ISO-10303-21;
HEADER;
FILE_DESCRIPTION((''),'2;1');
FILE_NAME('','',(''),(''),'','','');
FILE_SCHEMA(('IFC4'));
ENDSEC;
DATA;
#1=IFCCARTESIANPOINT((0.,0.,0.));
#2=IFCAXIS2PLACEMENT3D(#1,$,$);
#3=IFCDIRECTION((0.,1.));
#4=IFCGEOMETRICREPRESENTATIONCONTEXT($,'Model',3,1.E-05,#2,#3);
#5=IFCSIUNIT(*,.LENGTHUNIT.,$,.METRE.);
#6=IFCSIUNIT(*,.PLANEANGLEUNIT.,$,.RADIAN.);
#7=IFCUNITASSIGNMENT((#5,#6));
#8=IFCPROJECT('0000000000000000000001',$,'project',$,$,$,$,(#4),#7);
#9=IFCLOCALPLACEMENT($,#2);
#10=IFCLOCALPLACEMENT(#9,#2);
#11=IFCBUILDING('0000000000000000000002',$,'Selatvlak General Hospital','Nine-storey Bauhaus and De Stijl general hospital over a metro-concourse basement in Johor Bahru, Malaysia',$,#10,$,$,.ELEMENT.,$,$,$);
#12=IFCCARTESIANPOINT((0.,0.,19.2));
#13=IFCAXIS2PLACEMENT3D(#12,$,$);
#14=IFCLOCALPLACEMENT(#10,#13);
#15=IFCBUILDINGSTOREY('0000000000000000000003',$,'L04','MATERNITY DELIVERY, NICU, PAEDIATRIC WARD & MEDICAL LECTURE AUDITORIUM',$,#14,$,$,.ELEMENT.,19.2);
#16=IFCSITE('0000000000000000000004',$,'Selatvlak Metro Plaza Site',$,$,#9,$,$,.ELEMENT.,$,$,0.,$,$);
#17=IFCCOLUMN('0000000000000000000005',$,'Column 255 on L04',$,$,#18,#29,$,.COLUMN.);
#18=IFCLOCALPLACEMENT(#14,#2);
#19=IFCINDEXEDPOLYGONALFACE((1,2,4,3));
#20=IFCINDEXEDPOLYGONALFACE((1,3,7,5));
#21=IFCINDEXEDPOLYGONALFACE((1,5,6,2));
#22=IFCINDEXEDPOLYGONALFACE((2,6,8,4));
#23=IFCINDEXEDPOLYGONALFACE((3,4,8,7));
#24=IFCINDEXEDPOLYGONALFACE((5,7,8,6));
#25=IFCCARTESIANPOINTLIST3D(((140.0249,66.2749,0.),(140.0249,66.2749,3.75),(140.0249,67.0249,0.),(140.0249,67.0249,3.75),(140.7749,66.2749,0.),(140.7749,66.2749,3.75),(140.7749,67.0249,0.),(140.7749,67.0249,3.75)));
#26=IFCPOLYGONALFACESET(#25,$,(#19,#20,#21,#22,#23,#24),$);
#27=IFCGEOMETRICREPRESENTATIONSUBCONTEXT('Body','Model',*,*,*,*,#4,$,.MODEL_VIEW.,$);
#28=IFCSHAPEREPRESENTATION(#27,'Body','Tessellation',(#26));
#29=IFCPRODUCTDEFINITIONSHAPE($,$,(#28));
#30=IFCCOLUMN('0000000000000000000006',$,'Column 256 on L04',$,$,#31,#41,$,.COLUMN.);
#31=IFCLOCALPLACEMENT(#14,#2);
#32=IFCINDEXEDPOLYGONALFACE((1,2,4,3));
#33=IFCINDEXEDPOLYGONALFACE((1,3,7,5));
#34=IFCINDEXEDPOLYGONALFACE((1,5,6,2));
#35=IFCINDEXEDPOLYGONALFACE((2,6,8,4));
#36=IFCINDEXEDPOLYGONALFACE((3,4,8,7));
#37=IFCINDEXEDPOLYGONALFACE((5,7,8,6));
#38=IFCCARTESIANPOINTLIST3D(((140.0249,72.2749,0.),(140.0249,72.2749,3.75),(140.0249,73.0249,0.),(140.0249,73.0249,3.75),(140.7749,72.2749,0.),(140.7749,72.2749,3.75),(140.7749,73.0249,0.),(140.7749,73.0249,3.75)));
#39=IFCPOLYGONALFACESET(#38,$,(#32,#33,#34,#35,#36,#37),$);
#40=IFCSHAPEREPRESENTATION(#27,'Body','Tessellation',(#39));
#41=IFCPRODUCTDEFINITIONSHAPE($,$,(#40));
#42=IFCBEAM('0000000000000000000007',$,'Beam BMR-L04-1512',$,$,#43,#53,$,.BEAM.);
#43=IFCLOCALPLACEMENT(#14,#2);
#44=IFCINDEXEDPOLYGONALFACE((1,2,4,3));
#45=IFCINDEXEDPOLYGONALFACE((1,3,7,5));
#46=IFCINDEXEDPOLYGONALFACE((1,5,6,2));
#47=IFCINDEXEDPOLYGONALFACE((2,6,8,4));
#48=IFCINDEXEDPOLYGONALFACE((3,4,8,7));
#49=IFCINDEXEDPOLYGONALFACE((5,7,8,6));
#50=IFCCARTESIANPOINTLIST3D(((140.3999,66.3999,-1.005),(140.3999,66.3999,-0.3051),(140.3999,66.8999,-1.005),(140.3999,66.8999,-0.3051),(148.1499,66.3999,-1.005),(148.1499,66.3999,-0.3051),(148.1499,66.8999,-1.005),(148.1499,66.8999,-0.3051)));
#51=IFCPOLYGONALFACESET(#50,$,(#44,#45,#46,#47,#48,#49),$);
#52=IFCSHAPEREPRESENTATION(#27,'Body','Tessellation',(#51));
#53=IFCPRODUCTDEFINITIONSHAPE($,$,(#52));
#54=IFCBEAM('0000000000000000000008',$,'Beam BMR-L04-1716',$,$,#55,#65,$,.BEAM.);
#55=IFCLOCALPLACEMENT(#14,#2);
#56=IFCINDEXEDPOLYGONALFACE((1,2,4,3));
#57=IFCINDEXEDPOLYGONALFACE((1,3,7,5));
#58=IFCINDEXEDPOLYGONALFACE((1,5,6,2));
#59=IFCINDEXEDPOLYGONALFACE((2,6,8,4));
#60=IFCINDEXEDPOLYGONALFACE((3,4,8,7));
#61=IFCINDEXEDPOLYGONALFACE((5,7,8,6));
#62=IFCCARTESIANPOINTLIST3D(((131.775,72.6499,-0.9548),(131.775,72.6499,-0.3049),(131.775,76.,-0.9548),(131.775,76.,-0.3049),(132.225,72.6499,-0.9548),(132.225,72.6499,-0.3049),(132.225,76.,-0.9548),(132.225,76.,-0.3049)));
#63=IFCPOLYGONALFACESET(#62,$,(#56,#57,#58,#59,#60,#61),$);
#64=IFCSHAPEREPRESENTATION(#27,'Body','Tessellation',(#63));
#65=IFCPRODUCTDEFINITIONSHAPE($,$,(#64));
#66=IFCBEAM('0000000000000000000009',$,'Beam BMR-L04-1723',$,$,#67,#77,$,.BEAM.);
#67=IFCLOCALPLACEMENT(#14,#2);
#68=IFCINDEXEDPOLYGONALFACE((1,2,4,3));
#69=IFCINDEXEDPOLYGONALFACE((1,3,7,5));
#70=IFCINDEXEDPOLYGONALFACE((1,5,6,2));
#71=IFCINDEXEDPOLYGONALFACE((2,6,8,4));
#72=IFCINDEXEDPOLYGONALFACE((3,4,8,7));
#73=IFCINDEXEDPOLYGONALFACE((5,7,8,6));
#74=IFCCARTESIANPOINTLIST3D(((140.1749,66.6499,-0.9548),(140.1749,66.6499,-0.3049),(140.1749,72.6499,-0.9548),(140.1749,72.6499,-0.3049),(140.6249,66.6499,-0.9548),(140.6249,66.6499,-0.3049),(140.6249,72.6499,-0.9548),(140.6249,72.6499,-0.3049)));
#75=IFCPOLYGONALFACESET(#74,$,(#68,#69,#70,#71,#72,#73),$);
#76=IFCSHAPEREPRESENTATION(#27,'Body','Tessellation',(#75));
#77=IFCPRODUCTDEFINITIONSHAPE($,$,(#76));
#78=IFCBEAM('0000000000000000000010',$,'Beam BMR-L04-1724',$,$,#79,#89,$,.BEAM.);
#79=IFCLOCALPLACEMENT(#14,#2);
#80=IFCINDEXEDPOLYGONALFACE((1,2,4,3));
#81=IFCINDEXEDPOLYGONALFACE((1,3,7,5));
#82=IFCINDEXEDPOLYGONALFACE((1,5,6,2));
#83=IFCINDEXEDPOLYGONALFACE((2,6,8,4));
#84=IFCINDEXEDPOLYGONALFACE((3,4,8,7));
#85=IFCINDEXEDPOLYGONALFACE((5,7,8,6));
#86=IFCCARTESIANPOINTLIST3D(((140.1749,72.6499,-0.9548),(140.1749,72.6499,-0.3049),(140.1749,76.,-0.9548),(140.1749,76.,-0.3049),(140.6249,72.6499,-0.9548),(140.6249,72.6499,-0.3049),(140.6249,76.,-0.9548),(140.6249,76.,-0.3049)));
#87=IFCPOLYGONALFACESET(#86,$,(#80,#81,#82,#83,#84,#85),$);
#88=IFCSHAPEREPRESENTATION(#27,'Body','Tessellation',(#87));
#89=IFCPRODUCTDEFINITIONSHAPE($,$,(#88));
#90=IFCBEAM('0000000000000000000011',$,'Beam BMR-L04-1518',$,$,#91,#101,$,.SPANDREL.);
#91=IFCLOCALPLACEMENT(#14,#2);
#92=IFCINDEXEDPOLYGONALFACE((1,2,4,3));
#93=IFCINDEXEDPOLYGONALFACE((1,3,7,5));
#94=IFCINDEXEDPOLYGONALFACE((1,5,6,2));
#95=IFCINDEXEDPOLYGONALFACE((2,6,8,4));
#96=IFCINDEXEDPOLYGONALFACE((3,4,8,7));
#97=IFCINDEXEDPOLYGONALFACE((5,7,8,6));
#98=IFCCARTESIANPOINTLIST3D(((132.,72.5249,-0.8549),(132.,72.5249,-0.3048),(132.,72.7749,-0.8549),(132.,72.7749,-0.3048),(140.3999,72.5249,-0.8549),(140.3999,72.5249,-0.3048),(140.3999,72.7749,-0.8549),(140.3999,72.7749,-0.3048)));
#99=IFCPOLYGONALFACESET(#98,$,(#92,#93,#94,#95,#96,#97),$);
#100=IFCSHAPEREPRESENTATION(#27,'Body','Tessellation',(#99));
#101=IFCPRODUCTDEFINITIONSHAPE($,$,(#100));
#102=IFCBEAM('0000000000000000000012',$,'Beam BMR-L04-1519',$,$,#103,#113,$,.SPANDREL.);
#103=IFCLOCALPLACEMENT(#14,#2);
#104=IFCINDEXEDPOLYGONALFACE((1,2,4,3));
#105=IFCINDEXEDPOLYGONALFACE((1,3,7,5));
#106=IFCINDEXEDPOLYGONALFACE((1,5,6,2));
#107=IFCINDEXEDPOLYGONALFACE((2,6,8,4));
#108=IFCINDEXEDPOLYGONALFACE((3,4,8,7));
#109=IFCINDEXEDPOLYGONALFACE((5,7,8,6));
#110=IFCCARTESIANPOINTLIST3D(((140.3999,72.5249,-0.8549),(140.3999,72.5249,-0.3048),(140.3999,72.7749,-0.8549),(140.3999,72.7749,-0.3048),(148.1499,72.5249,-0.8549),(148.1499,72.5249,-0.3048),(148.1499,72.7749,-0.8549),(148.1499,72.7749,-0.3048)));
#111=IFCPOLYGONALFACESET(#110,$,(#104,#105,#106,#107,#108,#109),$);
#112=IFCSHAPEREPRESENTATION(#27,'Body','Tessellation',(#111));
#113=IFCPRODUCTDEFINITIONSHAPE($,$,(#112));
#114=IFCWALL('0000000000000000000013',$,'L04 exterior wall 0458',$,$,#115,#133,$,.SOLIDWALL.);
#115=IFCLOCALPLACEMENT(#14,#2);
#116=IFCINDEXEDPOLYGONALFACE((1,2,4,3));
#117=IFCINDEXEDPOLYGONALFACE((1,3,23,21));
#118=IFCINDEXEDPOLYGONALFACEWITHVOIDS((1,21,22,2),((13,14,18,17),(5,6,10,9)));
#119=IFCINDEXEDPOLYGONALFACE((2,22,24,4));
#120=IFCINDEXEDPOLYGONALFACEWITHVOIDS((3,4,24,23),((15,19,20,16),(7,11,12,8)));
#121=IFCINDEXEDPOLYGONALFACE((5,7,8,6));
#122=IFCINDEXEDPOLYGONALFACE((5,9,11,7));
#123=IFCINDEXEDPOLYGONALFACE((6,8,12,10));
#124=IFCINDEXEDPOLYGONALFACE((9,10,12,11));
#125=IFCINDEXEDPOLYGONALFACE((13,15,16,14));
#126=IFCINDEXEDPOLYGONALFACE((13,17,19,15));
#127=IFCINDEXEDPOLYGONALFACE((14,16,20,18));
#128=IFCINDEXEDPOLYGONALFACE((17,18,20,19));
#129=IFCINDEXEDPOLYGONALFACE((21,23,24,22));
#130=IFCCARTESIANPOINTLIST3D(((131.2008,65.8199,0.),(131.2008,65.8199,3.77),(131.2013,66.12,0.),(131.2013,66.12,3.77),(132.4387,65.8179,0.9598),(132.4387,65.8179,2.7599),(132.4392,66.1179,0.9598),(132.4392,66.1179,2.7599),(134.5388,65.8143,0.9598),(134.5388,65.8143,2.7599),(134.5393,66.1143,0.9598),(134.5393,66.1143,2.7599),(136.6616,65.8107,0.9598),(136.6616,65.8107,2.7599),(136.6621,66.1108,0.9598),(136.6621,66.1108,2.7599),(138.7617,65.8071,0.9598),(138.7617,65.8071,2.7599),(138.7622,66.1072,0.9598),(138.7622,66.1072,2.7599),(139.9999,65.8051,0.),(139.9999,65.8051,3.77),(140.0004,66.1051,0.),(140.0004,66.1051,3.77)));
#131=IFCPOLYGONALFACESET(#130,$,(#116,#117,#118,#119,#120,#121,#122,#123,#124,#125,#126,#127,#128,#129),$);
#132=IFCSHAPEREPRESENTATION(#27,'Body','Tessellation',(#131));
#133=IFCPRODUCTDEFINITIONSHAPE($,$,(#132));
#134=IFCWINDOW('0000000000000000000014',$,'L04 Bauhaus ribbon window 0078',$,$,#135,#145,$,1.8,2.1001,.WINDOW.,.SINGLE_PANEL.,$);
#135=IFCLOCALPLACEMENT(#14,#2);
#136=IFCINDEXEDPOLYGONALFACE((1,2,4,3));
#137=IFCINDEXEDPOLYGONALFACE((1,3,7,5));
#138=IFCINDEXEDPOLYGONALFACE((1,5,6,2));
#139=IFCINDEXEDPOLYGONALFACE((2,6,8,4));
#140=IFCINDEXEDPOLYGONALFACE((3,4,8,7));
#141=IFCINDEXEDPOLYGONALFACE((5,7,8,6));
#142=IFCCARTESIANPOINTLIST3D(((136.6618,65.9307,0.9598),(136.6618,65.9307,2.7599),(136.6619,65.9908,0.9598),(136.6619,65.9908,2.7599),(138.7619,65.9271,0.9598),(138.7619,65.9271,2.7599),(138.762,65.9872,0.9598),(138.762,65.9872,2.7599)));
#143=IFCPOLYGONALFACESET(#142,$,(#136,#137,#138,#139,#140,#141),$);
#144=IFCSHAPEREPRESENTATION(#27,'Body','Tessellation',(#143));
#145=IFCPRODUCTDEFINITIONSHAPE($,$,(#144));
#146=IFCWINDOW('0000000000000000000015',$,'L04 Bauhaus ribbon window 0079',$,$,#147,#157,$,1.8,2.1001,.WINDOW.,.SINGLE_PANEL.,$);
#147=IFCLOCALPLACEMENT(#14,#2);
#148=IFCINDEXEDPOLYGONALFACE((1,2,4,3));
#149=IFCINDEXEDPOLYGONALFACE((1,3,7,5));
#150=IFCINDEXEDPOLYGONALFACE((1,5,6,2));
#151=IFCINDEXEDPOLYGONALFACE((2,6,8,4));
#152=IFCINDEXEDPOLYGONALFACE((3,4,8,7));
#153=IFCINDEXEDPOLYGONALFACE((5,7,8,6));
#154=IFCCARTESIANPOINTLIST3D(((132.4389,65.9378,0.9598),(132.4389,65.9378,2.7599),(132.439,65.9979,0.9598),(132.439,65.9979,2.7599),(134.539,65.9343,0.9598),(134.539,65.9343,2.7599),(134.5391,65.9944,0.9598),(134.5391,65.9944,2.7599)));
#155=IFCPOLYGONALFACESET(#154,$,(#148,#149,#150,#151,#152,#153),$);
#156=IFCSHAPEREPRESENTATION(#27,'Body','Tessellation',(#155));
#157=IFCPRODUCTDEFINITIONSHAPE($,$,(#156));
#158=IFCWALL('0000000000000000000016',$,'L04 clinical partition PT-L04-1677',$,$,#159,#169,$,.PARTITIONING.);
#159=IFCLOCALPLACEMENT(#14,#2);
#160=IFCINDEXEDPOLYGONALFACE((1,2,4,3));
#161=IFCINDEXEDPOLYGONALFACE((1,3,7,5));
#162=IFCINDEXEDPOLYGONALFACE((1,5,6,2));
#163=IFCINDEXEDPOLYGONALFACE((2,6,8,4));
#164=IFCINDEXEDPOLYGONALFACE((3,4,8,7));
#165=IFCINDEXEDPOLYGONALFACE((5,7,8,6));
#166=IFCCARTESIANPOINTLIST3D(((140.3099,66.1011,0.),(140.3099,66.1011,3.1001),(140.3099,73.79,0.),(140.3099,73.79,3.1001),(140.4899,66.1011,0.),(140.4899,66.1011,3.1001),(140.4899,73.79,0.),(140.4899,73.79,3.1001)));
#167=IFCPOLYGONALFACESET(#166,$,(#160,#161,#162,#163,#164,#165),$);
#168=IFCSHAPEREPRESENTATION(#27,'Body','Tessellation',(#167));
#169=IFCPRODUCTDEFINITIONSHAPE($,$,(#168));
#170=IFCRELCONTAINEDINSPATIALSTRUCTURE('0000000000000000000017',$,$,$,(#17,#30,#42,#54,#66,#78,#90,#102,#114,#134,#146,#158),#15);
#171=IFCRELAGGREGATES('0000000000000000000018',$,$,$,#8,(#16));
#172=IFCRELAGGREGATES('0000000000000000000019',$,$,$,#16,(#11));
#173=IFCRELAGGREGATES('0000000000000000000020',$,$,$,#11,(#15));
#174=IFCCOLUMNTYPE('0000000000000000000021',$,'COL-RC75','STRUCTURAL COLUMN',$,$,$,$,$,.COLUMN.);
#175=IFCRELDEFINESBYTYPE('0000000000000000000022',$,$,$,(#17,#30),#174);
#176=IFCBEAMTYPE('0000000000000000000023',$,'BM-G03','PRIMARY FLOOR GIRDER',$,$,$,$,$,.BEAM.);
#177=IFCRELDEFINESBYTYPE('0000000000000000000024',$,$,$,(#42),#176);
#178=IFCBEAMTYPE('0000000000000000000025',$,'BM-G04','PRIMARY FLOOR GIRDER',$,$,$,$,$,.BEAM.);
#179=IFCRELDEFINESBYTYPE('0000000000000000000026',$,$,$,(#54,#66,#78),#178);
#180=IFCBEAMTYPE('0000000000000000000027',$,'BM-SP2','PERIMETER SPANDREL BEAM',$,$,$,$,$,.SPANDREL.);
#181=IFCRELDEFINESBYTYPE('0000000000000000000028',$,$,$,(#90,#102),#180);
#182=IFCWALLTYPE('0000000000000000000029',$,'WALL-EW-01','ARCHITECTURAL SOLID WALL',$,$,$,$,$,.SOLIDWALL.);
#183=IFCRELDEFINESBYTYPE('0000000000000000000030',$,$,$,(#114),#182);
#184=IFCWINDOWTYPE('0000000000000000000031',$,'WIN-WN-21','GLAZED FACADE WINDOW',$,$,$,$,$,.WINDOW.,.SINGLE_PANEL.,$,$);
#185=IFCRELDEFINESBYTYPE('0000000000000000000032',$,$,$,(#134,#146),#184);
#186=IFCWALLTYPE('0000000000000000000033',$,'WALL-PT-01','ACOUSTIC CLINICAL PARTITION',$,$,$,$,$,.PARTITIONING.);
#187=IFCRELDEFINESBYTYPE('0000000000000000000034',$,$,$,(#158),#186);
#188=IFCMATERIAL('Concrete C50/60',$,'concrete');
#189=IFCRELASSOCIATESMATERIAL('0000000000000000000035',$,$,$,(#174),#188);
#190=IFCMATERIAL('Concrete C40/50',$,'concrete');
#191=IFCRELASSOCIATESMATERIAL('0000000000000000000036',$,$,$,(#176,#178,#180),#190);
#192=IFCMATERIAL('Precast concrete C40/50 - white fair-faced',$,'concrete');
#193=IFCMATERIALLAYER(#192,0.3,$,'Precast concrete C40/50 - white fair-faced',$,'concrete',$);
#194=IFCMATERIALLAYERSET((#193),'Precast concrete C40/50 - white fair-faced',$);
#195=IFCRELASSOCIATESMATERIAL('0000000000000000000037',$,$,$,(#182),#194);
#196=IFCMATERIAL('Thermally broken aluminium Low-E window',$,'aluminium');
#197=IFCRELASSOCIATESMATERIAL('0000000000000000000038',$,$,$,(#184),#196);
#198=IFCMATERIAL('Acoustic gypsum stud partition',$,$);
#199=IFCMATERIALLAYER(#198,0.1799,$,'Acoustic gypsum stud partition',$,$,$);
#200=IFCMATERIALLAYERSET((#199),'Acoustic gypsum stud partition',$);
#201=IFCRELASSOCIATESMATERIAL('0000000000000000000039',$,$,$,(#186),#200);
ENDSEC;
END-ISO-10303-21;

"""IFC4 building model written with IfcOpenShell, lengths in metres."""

from ifc_helpers import new_model, si_unit, direction, frame, frame_2d, origin, origin_2d, place, context, subcontext, project, spatial, rectangle, extrude, material, layer, layer_set, material_profile, profile_set, type_object, element, fill, save


model = new_model("IFC4")

# Units and contexts
model_context = context("Model", 3, precision=1e-05, world=origin(), true_north=direction((0.0, 1.0)))
body_context = subcontext(model_context, "Body", "Model", "MODEL_VIEW")
ifc_project = project(units=[si_unit("LENGTHUNIT", "METRE"), si_unit("PLANEANGLEUNIT", "RADIAN")], contexts=[model_context])

# Site, building, storey
site_placement = place(None, origin())
site = spatial("IfcSite", under=ifc_project, at=site_placement, Name="Selatvlak Metro Plaza Site", CompositionType="ELEMENT", RefElevation=0.0)
building_placement = place(site_placement, origin())
building = spatial("IfcBuilding", under=site, at=building_placement, Name="Selatvlak General Hospital", Description="Nine-storey Bauhaus and De Stijl general hospital over a metro-concourse basement in Johor Bahru, Malaysia", CompositionType="ELEMENT")
storey_placement = place(building_placement, frame((0.0, 0.0, 19.2)))
storey = spatial("IfcBuildingStorey", under=building, at=storey_placement, Name="L04", Description="MATERNITY DELIVERY, NICU, PAEDIATRIC WARD & MEDICAL LECTURE AUDITORIUM", CompositionType="ELEMENT", Elevation=19.2)

# Columns
ifc_material_1 = material(Name="Concrete C50/60", Category="concrete")
ifc_material_profile_1 = material_profile(ifc_material_1, rectangle(XDim=0.75, YDim=0.75, at=origin_2d()), Name="RC-COL 750x750")
ifc_profile_set_1 = profile_set([ifc_material_profile_1], Name="Concrete C50/60")
column_type = type_object("IfcColumnType", Name="COL-RC75", Description="STRUCTURAL COLUMN", PredefinedType="COLUMN", material=ifc_profile_set_1)
for number, where, z_axis, x_axis, name in (
    (1, (140.3999, 66.6499, 0.0), (0.0, 0.0, 1.0), (1.0, 0.0, 0.0), "Column 255 on L04"),
    (2, (140.3999, 72.6499, 0.0), (0.0, 0.0, 1.0), (1.0, 0.0, 0.0), "Column 256 on L04"),
):
    element("IfcColumn", number, at=place(storey_placement, frame(where, z_axis=z_axis, x_axis=x_axis)), inside=storey, type_object=column_type, Name=name, PredefinedType="COLUMN", context=body_context, shape_type="SweptSolid", body=[
        extrude(rectangle(XDim=0.75, YDim=0.75, at=origin_2d()), origin(), (0.0, 0.0, 1.0), 3.75),
    ])

# Beams
ifc_material_2 = material(Name="Concrete C40/50", Category="concrete")
ifc_material_profile_2 = material_profile(ifc_material_2, rectangle(XDim=0.5, YDim=0.7, at=origin_2d()), Name="RC-BM 500x700")
ifc_profile_set_2 = profile_set([ifc_material_profile_2], Name="Concrete C40/50")
beam_type_1 = type_object("IfcBeamType", Name="BM-G03", Description="PRIMARY FLOOR GIRDER", PredefinedType="BEAM", material=ifc_profile_set_2)
beam_1_placement = place(storey_placement, frame((140.3999, 66.6499, -0.655), z_axis=(1.0, 0.0, 0.0), x_axis=(0.0, 1.0, 0.0)))
element("IfcBeam", 3, at=beam_1_placement, inside=storey, type_object=beam_type_1, Name="Beam BMR-L04-1512", PredefinedType="BEAM", context=body_context, shape_type="SweptSolid", body=[
    extrude(rectangle(XDim=0.5, YDim=0.7, at=origin_2d()), origin(), (0.0, 0.0, 1.0), 7.75),
])
ifc_material_profile_3 = material_profile(ifc_material_2, rectangle(XDim=0.45, YDim=0.6499, at=origin_2d()), Name="RC-BM 450x650")
ifc_profile_set_3 = profile_set([ifc_material_profile_3], Name="Concrete C40/50")
beam_type_2 = type_object("IfcBeamType", Name="BM-G04", Description="PRIMARY FLOOR GIRDER", PredefinedType="BEAM", material=ifc_profile_set_3)
beam_2_placement = place(storey_placement, frame((132.0, 72.6499, -0.6299), z_axis=(0.0, 1.0, 0.0), x_axis=(-1.0, 0.0, 0.0)))
element("IfcBeam", 4, at=beam_2_placement, inside=storey, type_object=beam_type_2, Name="Beam BMR-L04-1716", PredefinedType="BEAM", context=body_context, shape_type="SweptSolid", body=[
    extrude(rectangle(XDim=0.45, YDim=0.6499, at=origin_2d()), origin(), (0.0, 0.0, 1.0), 3.3501),
])
beam_3_placement = place(storey_placement, frame((140.3999, 66.6499, -0.6299), z_axis=(0.0, 1.0, 0.0), x_axis=(-1.0, 0.0, 0.0)))
element("IfcBeam", 5, at=beam_3_placement, inside=storey, type_object=beam_type_2, Name="Beam BMR-L04-1723", PredefinedType="BEAM", context=body_context, shape_type="SweptSolid", body=[
    extrude(rectangle(XDim=0.45, YDim=0.6499, at=origin_2d()), origin(), (0.0, 0.0, 1.0), 6.0),
])
beam_4_placement = place(storey_placement, frame((140.3999, 72.6499, -0.6299), z_axis=(0.0, 1.0, 0.0), x_axis=(-1.0, 0.0, 0.0)))
element("IfcBeam", 6, at=beam_4_placement, inside=storey, type_object=beam_type_2, Name="Beam BMR-L04-1724", PredefinedType="BEAM", context=body_context, shape_type="SweptSolid", body=[
    extrude(rectangle(XDim=0.45, YDim=0.6499, at=origin_2d()), origin(), (0.0, 0.0, 1.0), 3.3501),
])
ifc_material_profile_4 = material_profile(ifc_material_2, rectangle(XDim=0.25, YDim=0.55, at=origin_2d()), Name="RC-SP 250x550")
ifc_profile_set_4 = profile_set([ifc_material_profile_4], Name="Concrete C40/50")
beam_type_3 = type_object("IfcBeamType", Name="BM-SP2", Description="PERIMETER SPANDREL BEAM", PredefinedType="SPANDREL", material=ifc_profile_set_4)
beam_5_placement = place(storey_placement, frame((132.0, 72.6499, -0.5798), z_axis=(1.0, 0.0, 0.0), x_axis=(0.0, 1.0, 0.0)))
element("IfcBeam", 7, at=beam_5_placement, inside=storey, type_object=beam_type_3, Name="Beam BMR-L04-1518", PredefinedType="SPANDREL", context=body_context, shape_type="SweptSolid", body=[
    extrude(rectangle(XDim=0.25, YDim=0.55, at=origin_2d()), origin(), (0.0, 0.0, 1.0), 8.3999),
])
beam_6_placement = place(storey_placement, frame((140.3999, 72.6499, -0.5798), z_axis=(1.0, 0.0, 0.0), x_axis=(0.0, 1.0, 0.0)))
element("IfcBeam", 8, at=beam_6_placement, inside=storey, type_object=beam_type_3, Name="Beam BMR-L04-1519", PredefinedType="SPANDREL", context=body_context, shape_type="SweptSolid", body=[
    extrude(rectangle(XDim=0.25, YDim=0.55, at=origin_2d()), origin(), (0.0, 0.0, 1.0), 7.75),
])

# Wall, openings, windows
ifc_material_3 = material(Name="Precast concrete C40/50 - white fair-faced", Category="concrete")
ifc_layer_1 = layer(ifc_material_3, 0.3, Name="Precast concrete C40/50 - white fair-faced", Category="concrete")
ifc_layer_set_1 = layer_set([ifc_layer_1], Name="Precast concrete C40/50 - white fair-faced")
wall_type_1 = type_object("IfcWallType", Name="WALL-EW-01", Description="ARCHITECTURAL SOLID WALL", PredefinedType="SOLIDWALL", material=ifc_layer_set_1)
wall_1_placement = place(storey_placement, frame((140.0, 65.9551, 0.0), z_axis=(0.0, 0.0, 1.0), x_axis=(-0.999999, 0.001693, 0.0)))
wall_1 = element("IfcWall", 9, at=wall_1_placement, inside=storey, type_object=wall_type_1, Name="L04 exterior wall 0458", PredefinedType="SOLIDWALL", context=body_context, shape_type="SweptSolid", body=[
    extrude(rectangle(XDim=8.7991, YDim=0.3, at=frame_2d((4.3994, 0.0))), origin(), (0.0, 0.0, 1.0), 3.77),
])
opening_1_placement = place(wall_1_placement, frame((1.238, 0.0, 0.96)))
opening_1 = element("IfcOpeningElement", 10, at=opening_1_placement, cuts=wall_1, PredefinedType="OPENING", context=body_context, shape_type="SweptSolid", body=[
    extrude(rectangle(XDim=2.1001, YDim=1.8, at=frame_2d((1.05, 0.8999))), frame((0.0, 0.1599, 0.0), z_axis=(0.0, -1.0, 0.0), x_axis=(1.0, 0.0, 0.0)), (0.0, 0.0, 1.0), 0.3201),
])
opening_2_placement = place(wall_1_placement, frame((5.4609, 0.0, 0.96)))
opening_2 = element("IfcOpeningElement", 11, at=opening_2_placement, cuts=wall_1, PredefinedType="OPENING", context=body_context, shape_type="SweptSolid", body=[
    extrude(rectangle(XDim=2.1001, YDim=1.8, at=frame_2d((1.05, 0.8999))), frame((0.0, 0.1599, 0.0), z_axis=(0.0, -1.0, 0.0), x_axis=(1.0, 0.0, 0.0)), (0.0, 0.0, 1.0), 0.3201),
])
ifc_material_4 = material(Name="Thermally broken aluminium Low-E window", Category="aluminium")
window_type = type_object("IfcWindowType", Name="WIN-WN-21", Description="GLAZED FACADE WINDOW", PartitioningType="SINGLE_PANEL", PredefinedType="WINDOW", material=ifc_material_4)
window_1_placement = place(opening_1_placement, origin())
window_1 = element("IfcWindow", 12, at=window_1_placement, inside=storey, type_object=window_type, Name="L04 Bauhaus ribbon window 0078", OverallHeight=1.8, OverallWidth=2.1001, PartitioningType="SINGLE_PANEL", PredefinedType="WINDOW", context=body_context, shape_type="SweptSolid", body=[
    extrude(rectangle(XDim=2.1001, YDim=1.8, at=frame_2d((1.05, 0.8999))), frame((0.0, 0.03, 0.0), z_axis=(0.0, -1.0, 0.0), x_axis=(1.0, 0.0, 0.0)), (0.0, 0.0, 1.0), 0.0601),
])
fill(opening_1, window_1)
window_2_placement = place(opening_2_placement, origin())
window_2 = element("IfcWindow", 13, at=window_2_placement, inside=storey, type_object=window_type, Name="L04 Bauhaus ribbon window 0079", OverallHeight=1.8, OverallWidth=2.1001, PartitioningType="SINGLE_PANEL", PredefinedType="WINDOW", context=body_context, shape_type="SweptSolid", body=[
    extrude(rectangle(XDim=2.1001, YDim=1.8, at=frame_2d((1.05, 0.8999))), frame((0.0, 0.03, 0.0), z_axis=(0.0, -1.0, 0.0), x_axis=(1.0, 0.0, 0.0)), (0.0, 0.0, 1.0), 0.0601),
])
fill(opening_2, window_2)

# Wall
ifc_material_5 = material(Name="Acoustic gypsum stud partition")
ifc_layer_2 = layer(ifc_material_5, 0.1799, Name="Acoustic gypsum stud partition")
ifc_layer_set_2 = layer_set([ifc_layer_2], Name="Acoustic gypsum stud partition")
wall_type_2 = type_object("IfcWallType", Name="WALL-PT-01", Description="ACOUSTIC CLINICAL PARTITION", PredefinedType="PARTITIONING", material=ifc_layer_set_2)
wall_2_placement = place(storey_placement, frame((140.3999, 73.79, 0.0), z_axis=(0.0, 0.0, 1.0), x_axis=(0.0, -1.0, 0.0)))
element("IfcWall", 14, at=wall_2_placement, inside=storey, type_object=wall_type_2, Name="L04 clinical partition PT-L04-1677", PredefinedType="PARTITIONING", context=body_context, shape_type="SweptSolid", body=[
    extrude(rectangle(XDim=7.689, YDim=0.1799, at=frame_2d((3.8445, 0.0))), origin(), (0.0, 0.0, 1.0), 3.1001),
])

save(model, "model.ifc")
